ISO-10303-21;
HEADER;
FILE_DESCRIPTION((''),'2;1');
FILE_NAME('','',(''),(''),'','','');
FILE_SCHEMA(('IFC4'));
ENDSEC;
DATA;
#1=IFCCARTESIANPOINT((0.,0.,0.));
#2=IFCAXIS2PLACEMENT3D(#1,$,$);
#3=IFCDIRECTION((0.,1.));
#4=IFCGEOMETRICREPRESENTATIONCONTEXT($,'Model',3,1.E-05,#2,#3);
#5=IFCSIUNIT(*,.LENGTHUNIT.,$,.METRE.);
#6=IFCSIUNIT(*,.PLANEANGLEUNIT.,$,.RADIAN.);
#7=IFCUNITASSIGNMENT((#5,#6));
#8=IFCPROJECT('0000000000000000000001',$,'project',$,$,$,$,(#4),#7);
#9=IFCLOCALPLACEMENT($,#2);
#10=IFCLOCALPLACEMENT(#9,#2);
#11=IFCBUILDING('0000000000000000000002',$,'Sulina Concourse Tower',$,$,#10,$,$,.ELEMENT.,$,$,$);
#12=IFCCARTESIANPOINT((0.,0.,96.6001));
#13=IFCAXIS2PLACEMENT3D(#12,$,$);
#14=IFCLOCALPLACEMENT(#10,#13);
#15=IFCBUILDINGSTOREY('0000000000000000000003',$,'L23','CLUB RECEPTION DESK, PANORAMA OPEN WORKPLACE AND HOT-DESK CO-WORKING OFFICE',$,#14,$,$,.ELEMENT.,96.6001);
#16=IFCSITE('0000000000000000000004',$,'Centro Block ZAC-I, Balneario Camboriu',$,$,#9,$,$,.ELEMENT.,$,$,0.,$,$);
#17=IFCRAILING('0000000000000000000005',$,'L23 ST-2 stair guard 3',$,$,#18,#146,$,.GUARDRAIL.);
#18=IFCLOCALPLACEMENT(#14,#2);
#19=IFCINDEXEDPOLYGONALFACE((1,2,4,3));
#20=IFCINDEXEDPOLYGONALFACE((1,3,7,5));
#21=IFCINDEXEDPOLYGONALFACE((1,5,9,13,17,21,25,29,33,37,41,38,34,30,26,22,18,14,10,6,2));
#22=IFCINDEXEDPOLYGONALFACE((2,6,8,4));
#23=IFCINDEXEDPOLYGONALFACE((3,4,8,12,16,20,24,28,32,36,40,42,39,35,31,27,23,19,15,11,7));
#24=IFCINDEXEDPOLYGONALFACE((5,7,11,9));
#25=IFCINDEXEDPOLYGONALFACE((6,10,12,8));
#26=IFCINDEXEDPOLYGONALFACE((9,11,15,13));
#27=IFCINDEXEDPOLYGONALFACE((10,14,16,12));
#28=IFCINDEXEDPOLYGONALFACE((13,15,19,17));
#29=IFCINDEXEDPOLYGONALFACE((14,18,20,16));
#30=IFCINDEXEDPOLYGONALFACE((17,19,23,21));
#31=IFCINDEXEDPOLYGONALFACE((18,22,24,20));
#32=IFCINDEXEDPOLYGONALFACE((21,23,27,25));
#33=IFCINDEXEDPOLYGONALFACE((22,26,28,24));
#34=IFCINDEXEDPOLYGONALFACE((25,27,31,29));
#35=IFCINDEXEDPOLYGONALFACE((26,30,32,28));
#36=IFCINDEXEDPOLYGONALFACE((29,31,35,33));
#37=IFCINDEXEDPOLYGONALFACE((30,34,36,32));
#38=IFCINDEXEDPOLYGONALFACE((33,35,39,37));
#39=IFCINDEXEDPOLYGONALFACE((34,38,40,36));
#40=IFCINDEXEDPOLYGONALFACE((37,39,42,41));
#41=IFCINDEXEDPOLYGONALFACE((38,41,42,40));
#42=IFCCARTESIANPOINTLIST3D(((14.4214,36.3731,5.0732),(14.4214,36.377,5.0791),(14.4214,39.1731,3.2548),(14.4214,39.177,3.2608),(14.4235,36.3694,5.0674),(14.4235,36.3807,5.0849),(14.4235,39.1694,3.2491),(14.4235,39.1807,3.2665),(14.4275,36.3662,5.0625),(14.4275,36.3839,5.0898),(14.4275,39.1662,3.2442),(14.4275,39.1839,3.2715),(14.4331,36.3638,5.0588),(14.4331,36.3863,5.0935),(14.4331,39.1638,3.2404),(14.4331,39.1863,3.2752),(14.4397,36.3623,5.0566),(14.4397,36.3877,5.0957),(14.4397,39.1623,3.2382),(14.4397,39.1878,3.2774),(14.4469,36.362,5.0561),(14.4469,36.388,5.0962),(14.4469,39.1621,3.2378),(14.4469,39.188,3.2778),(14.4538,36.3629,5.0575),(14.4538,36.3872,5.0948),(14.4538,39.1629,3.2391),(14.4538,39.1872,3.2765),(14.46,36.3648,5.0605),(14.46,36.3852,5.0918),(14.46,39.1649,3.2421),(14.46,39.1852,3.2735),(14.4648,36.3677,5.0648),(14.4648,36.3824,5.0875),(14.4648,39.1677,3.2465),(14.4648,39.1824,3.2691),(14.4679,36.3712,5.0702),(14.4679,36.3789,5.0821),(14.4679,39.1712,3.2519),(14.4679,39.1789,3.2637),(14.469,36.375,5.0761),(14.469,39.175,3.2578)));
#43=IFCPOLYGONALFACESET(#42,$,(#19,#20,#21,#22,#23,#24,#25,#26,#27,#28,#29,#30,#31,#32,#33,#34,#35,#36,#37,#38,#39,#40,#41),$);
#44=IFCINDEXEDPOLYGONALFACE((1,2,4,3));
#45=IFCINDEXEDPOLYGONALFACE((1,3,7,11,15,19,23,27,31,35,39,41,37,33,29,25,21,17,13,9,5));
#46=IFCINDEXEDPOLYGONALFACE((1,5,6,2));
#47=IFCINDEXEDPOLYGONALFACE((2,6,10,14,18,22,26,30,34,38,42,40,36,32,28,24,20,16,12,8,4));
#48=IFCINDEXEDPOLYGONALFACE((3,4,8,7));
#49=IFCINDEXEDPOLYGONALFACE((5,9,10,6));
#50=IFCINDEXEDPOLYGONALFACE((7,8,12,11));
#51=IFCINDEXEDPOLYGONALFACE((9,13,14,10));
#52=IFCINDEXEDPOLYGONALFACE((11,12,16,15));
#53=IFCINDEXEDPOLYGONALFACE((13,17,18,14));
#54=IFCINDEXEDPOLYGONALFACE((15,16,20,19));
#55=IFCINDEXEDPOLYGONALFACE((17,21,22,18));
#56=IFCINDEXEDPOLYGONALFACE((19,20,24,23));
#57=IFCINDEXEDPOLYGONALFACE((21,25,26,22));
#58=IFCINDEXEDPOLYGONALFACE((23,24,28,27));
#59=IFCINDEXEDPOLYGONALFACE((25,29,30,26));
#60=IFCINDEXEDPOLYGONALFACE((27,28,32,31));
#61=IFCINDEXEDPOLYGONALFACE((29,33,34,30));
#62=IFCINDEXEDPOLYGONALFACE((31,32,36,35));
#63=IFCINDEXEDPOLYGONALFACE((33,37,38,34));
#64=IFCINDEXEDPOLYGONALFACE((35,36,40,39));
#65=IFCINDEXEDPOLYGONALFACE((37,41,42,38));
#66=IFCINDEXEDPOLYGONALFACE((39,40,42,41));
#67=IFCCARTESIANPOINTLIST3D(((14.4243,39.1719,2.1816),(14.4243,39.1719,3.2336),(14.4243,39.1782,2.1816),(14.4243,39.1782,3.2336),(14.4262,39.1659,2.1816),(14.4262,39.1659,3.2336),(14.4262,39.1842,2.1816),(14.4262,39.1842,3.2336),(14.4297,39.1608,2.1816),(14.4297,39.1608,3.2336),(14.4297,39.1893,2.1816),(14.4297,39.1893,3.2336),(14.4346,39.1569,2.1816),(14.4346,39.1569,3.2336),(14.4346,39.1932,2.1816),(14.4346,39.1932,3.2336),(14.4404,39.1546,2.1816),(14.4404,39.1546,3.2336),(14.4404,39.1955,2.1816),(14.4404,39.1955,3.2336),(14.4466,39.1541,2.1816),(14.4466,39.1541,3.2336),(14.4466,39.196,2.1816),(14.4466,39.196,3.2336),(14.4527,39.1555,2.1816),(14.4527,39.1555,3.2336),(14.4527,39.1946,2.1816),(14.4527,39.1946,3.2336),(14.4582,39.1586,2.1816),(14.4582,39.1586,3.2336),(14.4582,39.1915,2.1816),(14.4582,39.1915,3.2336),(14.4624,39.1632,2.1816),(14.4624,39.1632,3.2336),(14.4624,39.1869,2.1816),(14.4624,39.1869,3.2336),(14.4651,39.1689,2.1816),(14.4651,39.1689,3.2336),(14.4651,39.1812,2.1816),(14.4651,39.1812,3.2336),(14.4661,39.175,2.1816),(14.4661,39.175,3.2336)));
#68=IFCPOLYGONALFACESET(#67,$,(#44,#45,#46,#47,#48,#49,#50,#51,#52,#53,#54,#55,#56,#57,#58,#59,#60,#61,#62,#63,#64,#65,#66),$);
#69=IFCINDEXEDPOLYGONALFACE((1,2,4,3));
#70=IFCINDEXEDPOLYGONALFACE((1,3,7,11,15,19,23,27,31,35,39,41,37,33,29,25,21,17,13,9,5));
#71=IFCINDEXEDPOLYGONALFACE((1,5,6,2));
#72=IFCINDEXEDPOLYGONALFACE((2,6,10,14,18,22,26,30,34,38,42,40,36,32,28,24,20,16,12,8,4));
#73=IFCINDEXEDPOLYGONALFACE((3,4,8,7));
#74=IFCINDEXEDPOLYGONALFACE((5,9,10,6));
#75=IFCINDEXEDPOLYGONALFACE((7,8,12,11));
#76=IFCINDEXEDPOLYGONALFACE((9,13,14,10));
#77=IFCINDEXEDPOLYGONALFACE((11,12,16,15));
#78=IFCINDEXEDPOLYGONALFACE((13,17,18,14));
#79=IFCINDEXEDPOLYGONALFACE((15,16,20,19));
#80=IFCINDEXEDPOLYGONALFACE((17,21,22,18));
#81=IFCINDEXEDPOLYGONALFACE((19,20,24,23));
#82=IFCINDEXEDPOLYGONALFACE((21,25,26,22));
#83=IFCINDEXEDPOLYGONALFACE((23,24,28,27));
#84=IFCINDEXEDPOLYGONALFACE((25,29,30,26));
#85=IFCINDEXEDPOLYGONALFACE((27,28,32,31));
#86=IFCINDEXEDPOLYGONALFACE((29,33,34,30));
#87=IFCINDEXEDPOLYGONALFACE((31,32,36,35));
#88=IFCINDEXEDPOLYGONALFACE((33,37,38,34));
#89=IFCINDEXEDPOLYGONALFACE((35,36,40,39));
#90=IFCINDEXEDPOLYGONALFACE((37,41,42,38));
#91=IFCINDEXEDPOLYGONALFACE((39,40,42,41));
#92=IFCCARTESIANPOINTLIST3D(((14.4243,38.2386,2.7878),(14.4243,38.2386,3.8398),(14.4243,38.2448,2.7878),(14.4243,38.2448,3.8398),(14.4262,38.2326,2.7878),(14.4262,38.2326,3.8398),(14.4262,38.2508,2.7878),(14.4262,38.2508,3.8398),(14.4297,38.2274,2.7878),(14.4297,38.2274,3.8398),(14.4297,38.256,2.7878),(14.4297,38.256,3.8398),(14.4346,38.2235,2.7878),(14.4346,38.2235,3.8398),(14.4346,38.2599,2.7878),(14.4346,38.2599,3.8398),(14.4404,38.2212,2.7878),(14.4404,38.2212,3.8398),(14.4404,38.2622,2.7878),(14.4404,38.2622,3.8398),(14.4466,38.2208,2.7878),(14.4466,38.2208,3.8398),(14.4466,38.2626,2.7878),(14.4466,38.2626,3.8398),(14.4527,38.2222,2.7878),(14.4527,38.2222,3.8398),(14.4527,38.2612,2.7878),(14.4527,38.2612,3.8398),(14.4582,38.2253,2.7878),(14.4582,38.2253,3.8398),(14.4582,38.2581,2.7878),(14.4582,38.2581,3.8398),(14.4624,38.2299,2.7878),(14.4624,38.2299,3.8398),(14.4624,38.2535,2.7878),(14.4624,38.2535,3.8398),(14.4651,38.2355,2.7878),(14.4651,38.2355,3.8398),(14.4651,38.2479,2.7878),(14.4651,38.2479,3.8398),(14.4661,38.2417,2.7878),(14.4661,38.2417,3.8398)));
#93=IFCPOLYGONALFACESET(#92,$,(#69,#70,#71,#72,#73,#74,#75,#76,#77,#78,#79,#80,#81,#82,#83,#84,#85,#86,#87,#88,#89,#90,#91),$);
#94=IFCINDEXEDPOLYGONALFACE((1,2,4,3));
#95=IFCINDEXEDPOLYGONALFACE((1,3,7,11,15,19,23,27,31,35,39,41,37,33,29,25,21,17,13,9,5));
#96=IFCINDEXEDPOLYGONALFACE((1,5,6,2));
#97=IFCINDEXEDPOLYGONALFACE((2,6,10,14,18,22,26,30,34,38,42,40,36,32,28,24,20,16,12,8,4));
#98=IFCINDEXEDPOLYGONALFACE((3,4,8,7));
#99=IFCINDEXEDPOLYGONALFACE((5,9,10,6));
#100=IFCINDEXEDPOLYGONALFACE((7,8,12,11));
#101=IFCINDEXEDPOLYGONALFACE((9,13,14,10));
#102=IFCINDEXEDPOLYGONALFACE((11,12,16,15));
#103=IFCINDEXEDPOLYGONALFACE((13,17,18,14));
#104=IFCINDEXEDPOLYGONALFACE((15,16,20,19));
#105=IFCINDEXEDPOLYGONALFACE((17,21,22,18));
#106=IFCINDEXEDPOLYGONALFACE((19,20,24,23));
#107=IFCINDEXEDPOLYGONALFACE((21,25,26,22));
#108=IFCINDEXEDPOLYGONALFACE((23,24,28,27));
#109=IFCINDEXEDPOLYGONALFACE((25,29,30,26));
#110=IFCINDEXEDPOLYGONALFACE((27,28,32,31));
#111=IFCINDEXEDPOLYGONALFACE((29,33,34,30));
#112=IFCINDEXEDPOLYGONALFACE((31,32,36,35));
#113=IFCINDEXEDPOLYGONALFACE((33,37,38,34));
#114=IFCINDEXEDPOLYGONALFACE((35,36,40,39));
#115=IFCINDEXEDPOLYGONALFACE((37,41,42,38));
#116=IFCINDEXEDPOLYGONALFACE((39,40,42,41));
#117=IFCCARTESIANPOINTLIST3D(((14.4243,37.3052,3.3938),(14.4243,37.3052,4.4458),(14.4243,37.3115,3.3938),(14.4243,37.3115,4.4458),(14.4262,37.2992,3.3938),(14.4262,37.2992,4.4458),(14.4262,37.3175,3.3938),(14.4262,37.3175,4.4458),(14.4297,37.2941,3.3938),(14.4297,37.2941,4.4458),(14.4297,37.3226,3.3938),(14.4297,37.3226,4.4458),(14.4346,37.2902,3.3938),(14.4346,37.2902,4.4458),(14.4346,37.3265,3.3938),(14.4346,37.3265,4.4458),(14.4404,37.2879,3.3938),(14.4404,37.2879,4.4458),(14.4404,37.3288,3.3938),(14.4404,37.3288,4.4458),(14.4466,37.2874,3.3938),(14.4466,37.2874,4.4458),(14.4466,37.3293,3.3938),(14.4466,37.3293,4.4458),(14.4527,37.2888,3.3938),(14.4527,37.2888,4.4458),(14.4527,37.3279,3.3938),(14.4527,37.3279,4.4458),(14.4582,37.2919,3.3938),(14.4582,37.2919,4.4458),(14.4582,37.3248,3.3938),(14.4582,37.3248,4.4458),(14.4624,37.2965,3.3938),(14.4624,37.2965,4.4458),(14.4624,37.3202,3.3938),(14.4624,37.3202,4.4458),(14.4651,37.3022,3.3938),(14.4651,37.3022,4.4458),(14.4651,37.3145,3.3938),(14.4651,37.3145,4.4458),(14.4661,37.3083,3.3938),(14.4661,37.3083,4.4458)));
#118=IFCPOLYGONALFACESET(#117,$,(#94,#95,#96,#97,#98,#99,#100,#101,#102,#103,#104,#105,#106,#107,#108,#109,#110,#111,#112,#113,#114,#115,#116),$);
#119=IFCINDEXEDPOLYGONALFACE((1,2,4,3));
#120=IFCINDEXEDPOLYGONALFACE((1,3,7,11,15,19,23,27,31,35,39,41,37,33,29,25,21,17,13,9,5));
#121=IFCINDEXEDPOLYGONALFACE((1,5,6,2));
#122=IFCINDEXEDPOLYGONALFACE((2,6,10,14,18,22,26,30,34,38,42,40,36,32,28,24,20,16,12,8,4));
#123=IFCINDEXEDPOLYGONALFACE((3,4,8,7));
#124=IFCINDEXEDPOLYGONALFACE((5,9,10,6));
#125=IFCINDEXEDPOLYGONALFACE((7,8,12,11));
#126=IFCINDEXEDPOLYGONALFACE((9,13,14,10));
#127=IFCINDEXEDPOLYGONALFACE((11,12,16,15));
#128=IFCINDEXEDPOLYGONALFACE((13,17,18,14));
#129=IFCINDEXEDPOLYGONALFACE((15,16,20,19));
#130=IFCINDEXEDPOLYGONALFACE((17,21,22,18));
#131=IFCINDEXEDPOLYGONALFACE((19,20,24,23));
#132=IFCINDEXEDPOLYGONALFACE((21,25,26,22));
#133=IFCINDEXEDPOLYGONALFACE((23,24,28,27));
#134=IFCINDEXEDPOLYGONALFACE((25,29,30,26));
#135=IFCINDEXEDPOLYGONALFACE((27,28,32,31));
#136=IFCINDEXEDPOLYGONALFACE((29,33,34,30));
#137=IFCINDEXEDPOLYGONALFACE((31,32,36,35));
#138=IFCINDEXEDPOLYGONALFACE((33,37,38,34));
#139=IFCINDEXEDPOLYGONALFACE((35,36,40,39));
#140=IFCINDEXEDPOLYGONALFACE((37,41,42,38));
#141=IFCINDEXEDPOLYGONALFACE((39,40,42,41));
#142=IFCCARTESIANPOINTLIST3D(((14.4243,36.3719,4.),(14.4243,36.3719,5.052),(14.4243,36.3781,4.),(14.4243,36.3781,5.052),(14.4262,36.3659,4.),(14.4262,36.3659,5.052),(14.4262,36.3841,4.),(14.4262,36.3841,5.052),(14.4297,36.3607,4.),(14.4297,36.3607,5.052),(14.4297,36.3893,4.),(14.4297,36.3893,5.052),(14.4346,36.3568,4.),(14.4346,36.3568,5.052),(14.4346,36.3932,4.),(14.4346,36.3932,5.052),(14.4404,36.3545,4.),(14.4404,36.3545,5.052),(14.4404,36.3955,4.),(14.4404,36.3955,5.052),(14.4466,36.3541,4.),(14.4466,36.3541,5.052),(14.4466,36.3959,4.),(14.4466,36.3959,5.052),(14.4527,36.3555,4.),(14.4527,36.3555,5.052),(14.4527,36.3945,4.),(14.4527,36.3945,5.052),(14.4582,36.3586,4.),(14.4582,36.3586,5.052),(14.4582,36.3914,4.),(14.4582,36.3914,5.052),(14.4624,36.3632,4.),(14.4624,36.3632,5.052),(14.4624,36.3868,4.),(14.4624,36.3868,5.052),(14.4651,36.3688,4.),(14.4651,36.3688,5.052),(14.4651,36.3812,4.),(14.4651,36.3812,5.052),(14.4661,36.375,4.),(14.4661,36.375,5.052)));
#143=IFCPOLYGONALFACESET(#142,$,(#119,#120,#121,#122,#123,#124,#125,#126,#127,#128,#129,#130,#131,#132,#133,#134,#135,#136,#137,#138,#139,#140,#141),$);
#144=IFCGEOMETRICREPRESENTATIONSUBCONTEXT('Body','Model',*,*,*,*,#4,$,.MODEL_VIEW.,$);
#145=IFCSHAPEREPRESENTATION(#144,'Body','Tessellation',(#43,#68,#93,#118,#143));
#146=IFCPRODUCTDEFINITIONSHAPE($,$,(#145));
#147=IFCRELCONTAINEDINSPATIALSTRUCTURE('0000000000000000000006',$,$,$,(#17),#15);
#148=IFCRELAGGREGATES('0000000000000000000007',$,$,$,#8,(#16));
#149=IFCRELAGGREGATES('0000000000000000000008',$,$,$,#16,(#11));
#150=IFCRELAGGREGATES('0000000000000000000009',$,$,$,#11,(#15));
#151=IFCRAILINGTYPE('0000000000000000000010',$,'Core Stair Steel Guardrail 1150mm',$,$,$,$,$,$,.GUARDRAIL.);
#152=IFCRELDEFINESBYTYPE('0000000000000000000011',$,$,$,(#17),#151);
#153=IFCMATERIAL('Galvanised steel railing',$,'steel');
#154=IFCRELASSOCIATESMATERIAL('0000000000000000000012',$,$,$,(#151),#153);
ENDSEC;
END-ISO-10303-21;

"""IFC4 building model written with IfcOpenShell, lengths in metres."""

from ifc_helpers import new_model, si_unit, direction, frame, origin, origin_2d, place, context, subcontext, project, spatial, circle, extrude, material, type_object, element, save


model = new_model("IFC4")

# Units and contexts
model_context = context("Model", 3, precision=1e-05, world=origin(), true_north=direction((0.0, 1.0)))
body_context = subcontext(model_context, "Body", "Model", "MODEL_VIEW")
ifc_project = project(units=[si_unit("LENGTHUNIT", "METRE"), si_unit("PLANEANGLEUNIT", "RADIAN")], contexts=[model_context])

# Site, building, storey
site_placement = place(None, origin())
site = spatial("IfcSite", under=ifc_project, at=site_placement, Name="Centro Block ZAC-I, Balneario Camboriu", CompositionType="ELEMENT", RefElevation=0.0)
building_placement = place(site_placement, origin())
building = spatial("IfcBuilding", under=site, at=building_placement, Name="Sulina Concourse Tower", CompositionType="ELEMENT")
storey_placement = place(building_placement, frame((0.0, 0.0, 96.6001)))
storey = spatial("IfcBuildingStorey", under=building, at=storey_placement, Name="L23", Description="CLUB RECEPTION DESK, PANORAMA OPEN WORKPLACE AND HOT-DESK CO-WORKING OFFICE", CompositionType="ELEMENT", Elevation=96.6001)

# Railing
ifc_material_1 = material(Name="Galvanised steel railing", Category="steel")
railing_type_1 = type_object("IfcRailingType", Name="Core Stair Steel Guardrail 1150mm", PredefinedType="GUARDRAIL", material=ifc_material_1)
railing_1_placement = place(storey_placement, frame((14.4451, 39.175, 2.1816)))
element("IfcRailing", 1, at=railing_1_placement, inside=storey, type_object=railing_type_1, Name="L23 ST-2 stair guard 3", PredefinedType="GUARDRAIL", context=body_context, shape_type="SweptSolid", body=[
    extrude(circle(Radius=0.0239, at=origin_2d()), frame((0.0, 0.0, 1.0762), z_axis=(0.0, -0.838672, 0.544636), x_axis=(1.0, 0.0, 0.0)), (0.0, 0.0, 1.0), 3.3386),
    extrude(circle(Radius=0.021, at=origin_2d()), origin(), (0.0, 0.0, 1.0), 1.052),
    extrude(circle(Radius=0.021, at=origin_2d()), frame((0.0, -0.9333, 0.6062)), (0.0, 0.0, 1.0), 1.052),
    extrude(circle(Radius=0.021, at=origin_2d()), frame((0.0, -1.8667, 1.2122)), (0.0, 0.0, 1.0), 1.052),
    extrude(circle(Radius=0.021, at=origin_2d()), frame((0.0, -2.8, 1.8184)), (0.0, 0.0, 1.0), 1.052),
])

save(model, "model.ifc")
